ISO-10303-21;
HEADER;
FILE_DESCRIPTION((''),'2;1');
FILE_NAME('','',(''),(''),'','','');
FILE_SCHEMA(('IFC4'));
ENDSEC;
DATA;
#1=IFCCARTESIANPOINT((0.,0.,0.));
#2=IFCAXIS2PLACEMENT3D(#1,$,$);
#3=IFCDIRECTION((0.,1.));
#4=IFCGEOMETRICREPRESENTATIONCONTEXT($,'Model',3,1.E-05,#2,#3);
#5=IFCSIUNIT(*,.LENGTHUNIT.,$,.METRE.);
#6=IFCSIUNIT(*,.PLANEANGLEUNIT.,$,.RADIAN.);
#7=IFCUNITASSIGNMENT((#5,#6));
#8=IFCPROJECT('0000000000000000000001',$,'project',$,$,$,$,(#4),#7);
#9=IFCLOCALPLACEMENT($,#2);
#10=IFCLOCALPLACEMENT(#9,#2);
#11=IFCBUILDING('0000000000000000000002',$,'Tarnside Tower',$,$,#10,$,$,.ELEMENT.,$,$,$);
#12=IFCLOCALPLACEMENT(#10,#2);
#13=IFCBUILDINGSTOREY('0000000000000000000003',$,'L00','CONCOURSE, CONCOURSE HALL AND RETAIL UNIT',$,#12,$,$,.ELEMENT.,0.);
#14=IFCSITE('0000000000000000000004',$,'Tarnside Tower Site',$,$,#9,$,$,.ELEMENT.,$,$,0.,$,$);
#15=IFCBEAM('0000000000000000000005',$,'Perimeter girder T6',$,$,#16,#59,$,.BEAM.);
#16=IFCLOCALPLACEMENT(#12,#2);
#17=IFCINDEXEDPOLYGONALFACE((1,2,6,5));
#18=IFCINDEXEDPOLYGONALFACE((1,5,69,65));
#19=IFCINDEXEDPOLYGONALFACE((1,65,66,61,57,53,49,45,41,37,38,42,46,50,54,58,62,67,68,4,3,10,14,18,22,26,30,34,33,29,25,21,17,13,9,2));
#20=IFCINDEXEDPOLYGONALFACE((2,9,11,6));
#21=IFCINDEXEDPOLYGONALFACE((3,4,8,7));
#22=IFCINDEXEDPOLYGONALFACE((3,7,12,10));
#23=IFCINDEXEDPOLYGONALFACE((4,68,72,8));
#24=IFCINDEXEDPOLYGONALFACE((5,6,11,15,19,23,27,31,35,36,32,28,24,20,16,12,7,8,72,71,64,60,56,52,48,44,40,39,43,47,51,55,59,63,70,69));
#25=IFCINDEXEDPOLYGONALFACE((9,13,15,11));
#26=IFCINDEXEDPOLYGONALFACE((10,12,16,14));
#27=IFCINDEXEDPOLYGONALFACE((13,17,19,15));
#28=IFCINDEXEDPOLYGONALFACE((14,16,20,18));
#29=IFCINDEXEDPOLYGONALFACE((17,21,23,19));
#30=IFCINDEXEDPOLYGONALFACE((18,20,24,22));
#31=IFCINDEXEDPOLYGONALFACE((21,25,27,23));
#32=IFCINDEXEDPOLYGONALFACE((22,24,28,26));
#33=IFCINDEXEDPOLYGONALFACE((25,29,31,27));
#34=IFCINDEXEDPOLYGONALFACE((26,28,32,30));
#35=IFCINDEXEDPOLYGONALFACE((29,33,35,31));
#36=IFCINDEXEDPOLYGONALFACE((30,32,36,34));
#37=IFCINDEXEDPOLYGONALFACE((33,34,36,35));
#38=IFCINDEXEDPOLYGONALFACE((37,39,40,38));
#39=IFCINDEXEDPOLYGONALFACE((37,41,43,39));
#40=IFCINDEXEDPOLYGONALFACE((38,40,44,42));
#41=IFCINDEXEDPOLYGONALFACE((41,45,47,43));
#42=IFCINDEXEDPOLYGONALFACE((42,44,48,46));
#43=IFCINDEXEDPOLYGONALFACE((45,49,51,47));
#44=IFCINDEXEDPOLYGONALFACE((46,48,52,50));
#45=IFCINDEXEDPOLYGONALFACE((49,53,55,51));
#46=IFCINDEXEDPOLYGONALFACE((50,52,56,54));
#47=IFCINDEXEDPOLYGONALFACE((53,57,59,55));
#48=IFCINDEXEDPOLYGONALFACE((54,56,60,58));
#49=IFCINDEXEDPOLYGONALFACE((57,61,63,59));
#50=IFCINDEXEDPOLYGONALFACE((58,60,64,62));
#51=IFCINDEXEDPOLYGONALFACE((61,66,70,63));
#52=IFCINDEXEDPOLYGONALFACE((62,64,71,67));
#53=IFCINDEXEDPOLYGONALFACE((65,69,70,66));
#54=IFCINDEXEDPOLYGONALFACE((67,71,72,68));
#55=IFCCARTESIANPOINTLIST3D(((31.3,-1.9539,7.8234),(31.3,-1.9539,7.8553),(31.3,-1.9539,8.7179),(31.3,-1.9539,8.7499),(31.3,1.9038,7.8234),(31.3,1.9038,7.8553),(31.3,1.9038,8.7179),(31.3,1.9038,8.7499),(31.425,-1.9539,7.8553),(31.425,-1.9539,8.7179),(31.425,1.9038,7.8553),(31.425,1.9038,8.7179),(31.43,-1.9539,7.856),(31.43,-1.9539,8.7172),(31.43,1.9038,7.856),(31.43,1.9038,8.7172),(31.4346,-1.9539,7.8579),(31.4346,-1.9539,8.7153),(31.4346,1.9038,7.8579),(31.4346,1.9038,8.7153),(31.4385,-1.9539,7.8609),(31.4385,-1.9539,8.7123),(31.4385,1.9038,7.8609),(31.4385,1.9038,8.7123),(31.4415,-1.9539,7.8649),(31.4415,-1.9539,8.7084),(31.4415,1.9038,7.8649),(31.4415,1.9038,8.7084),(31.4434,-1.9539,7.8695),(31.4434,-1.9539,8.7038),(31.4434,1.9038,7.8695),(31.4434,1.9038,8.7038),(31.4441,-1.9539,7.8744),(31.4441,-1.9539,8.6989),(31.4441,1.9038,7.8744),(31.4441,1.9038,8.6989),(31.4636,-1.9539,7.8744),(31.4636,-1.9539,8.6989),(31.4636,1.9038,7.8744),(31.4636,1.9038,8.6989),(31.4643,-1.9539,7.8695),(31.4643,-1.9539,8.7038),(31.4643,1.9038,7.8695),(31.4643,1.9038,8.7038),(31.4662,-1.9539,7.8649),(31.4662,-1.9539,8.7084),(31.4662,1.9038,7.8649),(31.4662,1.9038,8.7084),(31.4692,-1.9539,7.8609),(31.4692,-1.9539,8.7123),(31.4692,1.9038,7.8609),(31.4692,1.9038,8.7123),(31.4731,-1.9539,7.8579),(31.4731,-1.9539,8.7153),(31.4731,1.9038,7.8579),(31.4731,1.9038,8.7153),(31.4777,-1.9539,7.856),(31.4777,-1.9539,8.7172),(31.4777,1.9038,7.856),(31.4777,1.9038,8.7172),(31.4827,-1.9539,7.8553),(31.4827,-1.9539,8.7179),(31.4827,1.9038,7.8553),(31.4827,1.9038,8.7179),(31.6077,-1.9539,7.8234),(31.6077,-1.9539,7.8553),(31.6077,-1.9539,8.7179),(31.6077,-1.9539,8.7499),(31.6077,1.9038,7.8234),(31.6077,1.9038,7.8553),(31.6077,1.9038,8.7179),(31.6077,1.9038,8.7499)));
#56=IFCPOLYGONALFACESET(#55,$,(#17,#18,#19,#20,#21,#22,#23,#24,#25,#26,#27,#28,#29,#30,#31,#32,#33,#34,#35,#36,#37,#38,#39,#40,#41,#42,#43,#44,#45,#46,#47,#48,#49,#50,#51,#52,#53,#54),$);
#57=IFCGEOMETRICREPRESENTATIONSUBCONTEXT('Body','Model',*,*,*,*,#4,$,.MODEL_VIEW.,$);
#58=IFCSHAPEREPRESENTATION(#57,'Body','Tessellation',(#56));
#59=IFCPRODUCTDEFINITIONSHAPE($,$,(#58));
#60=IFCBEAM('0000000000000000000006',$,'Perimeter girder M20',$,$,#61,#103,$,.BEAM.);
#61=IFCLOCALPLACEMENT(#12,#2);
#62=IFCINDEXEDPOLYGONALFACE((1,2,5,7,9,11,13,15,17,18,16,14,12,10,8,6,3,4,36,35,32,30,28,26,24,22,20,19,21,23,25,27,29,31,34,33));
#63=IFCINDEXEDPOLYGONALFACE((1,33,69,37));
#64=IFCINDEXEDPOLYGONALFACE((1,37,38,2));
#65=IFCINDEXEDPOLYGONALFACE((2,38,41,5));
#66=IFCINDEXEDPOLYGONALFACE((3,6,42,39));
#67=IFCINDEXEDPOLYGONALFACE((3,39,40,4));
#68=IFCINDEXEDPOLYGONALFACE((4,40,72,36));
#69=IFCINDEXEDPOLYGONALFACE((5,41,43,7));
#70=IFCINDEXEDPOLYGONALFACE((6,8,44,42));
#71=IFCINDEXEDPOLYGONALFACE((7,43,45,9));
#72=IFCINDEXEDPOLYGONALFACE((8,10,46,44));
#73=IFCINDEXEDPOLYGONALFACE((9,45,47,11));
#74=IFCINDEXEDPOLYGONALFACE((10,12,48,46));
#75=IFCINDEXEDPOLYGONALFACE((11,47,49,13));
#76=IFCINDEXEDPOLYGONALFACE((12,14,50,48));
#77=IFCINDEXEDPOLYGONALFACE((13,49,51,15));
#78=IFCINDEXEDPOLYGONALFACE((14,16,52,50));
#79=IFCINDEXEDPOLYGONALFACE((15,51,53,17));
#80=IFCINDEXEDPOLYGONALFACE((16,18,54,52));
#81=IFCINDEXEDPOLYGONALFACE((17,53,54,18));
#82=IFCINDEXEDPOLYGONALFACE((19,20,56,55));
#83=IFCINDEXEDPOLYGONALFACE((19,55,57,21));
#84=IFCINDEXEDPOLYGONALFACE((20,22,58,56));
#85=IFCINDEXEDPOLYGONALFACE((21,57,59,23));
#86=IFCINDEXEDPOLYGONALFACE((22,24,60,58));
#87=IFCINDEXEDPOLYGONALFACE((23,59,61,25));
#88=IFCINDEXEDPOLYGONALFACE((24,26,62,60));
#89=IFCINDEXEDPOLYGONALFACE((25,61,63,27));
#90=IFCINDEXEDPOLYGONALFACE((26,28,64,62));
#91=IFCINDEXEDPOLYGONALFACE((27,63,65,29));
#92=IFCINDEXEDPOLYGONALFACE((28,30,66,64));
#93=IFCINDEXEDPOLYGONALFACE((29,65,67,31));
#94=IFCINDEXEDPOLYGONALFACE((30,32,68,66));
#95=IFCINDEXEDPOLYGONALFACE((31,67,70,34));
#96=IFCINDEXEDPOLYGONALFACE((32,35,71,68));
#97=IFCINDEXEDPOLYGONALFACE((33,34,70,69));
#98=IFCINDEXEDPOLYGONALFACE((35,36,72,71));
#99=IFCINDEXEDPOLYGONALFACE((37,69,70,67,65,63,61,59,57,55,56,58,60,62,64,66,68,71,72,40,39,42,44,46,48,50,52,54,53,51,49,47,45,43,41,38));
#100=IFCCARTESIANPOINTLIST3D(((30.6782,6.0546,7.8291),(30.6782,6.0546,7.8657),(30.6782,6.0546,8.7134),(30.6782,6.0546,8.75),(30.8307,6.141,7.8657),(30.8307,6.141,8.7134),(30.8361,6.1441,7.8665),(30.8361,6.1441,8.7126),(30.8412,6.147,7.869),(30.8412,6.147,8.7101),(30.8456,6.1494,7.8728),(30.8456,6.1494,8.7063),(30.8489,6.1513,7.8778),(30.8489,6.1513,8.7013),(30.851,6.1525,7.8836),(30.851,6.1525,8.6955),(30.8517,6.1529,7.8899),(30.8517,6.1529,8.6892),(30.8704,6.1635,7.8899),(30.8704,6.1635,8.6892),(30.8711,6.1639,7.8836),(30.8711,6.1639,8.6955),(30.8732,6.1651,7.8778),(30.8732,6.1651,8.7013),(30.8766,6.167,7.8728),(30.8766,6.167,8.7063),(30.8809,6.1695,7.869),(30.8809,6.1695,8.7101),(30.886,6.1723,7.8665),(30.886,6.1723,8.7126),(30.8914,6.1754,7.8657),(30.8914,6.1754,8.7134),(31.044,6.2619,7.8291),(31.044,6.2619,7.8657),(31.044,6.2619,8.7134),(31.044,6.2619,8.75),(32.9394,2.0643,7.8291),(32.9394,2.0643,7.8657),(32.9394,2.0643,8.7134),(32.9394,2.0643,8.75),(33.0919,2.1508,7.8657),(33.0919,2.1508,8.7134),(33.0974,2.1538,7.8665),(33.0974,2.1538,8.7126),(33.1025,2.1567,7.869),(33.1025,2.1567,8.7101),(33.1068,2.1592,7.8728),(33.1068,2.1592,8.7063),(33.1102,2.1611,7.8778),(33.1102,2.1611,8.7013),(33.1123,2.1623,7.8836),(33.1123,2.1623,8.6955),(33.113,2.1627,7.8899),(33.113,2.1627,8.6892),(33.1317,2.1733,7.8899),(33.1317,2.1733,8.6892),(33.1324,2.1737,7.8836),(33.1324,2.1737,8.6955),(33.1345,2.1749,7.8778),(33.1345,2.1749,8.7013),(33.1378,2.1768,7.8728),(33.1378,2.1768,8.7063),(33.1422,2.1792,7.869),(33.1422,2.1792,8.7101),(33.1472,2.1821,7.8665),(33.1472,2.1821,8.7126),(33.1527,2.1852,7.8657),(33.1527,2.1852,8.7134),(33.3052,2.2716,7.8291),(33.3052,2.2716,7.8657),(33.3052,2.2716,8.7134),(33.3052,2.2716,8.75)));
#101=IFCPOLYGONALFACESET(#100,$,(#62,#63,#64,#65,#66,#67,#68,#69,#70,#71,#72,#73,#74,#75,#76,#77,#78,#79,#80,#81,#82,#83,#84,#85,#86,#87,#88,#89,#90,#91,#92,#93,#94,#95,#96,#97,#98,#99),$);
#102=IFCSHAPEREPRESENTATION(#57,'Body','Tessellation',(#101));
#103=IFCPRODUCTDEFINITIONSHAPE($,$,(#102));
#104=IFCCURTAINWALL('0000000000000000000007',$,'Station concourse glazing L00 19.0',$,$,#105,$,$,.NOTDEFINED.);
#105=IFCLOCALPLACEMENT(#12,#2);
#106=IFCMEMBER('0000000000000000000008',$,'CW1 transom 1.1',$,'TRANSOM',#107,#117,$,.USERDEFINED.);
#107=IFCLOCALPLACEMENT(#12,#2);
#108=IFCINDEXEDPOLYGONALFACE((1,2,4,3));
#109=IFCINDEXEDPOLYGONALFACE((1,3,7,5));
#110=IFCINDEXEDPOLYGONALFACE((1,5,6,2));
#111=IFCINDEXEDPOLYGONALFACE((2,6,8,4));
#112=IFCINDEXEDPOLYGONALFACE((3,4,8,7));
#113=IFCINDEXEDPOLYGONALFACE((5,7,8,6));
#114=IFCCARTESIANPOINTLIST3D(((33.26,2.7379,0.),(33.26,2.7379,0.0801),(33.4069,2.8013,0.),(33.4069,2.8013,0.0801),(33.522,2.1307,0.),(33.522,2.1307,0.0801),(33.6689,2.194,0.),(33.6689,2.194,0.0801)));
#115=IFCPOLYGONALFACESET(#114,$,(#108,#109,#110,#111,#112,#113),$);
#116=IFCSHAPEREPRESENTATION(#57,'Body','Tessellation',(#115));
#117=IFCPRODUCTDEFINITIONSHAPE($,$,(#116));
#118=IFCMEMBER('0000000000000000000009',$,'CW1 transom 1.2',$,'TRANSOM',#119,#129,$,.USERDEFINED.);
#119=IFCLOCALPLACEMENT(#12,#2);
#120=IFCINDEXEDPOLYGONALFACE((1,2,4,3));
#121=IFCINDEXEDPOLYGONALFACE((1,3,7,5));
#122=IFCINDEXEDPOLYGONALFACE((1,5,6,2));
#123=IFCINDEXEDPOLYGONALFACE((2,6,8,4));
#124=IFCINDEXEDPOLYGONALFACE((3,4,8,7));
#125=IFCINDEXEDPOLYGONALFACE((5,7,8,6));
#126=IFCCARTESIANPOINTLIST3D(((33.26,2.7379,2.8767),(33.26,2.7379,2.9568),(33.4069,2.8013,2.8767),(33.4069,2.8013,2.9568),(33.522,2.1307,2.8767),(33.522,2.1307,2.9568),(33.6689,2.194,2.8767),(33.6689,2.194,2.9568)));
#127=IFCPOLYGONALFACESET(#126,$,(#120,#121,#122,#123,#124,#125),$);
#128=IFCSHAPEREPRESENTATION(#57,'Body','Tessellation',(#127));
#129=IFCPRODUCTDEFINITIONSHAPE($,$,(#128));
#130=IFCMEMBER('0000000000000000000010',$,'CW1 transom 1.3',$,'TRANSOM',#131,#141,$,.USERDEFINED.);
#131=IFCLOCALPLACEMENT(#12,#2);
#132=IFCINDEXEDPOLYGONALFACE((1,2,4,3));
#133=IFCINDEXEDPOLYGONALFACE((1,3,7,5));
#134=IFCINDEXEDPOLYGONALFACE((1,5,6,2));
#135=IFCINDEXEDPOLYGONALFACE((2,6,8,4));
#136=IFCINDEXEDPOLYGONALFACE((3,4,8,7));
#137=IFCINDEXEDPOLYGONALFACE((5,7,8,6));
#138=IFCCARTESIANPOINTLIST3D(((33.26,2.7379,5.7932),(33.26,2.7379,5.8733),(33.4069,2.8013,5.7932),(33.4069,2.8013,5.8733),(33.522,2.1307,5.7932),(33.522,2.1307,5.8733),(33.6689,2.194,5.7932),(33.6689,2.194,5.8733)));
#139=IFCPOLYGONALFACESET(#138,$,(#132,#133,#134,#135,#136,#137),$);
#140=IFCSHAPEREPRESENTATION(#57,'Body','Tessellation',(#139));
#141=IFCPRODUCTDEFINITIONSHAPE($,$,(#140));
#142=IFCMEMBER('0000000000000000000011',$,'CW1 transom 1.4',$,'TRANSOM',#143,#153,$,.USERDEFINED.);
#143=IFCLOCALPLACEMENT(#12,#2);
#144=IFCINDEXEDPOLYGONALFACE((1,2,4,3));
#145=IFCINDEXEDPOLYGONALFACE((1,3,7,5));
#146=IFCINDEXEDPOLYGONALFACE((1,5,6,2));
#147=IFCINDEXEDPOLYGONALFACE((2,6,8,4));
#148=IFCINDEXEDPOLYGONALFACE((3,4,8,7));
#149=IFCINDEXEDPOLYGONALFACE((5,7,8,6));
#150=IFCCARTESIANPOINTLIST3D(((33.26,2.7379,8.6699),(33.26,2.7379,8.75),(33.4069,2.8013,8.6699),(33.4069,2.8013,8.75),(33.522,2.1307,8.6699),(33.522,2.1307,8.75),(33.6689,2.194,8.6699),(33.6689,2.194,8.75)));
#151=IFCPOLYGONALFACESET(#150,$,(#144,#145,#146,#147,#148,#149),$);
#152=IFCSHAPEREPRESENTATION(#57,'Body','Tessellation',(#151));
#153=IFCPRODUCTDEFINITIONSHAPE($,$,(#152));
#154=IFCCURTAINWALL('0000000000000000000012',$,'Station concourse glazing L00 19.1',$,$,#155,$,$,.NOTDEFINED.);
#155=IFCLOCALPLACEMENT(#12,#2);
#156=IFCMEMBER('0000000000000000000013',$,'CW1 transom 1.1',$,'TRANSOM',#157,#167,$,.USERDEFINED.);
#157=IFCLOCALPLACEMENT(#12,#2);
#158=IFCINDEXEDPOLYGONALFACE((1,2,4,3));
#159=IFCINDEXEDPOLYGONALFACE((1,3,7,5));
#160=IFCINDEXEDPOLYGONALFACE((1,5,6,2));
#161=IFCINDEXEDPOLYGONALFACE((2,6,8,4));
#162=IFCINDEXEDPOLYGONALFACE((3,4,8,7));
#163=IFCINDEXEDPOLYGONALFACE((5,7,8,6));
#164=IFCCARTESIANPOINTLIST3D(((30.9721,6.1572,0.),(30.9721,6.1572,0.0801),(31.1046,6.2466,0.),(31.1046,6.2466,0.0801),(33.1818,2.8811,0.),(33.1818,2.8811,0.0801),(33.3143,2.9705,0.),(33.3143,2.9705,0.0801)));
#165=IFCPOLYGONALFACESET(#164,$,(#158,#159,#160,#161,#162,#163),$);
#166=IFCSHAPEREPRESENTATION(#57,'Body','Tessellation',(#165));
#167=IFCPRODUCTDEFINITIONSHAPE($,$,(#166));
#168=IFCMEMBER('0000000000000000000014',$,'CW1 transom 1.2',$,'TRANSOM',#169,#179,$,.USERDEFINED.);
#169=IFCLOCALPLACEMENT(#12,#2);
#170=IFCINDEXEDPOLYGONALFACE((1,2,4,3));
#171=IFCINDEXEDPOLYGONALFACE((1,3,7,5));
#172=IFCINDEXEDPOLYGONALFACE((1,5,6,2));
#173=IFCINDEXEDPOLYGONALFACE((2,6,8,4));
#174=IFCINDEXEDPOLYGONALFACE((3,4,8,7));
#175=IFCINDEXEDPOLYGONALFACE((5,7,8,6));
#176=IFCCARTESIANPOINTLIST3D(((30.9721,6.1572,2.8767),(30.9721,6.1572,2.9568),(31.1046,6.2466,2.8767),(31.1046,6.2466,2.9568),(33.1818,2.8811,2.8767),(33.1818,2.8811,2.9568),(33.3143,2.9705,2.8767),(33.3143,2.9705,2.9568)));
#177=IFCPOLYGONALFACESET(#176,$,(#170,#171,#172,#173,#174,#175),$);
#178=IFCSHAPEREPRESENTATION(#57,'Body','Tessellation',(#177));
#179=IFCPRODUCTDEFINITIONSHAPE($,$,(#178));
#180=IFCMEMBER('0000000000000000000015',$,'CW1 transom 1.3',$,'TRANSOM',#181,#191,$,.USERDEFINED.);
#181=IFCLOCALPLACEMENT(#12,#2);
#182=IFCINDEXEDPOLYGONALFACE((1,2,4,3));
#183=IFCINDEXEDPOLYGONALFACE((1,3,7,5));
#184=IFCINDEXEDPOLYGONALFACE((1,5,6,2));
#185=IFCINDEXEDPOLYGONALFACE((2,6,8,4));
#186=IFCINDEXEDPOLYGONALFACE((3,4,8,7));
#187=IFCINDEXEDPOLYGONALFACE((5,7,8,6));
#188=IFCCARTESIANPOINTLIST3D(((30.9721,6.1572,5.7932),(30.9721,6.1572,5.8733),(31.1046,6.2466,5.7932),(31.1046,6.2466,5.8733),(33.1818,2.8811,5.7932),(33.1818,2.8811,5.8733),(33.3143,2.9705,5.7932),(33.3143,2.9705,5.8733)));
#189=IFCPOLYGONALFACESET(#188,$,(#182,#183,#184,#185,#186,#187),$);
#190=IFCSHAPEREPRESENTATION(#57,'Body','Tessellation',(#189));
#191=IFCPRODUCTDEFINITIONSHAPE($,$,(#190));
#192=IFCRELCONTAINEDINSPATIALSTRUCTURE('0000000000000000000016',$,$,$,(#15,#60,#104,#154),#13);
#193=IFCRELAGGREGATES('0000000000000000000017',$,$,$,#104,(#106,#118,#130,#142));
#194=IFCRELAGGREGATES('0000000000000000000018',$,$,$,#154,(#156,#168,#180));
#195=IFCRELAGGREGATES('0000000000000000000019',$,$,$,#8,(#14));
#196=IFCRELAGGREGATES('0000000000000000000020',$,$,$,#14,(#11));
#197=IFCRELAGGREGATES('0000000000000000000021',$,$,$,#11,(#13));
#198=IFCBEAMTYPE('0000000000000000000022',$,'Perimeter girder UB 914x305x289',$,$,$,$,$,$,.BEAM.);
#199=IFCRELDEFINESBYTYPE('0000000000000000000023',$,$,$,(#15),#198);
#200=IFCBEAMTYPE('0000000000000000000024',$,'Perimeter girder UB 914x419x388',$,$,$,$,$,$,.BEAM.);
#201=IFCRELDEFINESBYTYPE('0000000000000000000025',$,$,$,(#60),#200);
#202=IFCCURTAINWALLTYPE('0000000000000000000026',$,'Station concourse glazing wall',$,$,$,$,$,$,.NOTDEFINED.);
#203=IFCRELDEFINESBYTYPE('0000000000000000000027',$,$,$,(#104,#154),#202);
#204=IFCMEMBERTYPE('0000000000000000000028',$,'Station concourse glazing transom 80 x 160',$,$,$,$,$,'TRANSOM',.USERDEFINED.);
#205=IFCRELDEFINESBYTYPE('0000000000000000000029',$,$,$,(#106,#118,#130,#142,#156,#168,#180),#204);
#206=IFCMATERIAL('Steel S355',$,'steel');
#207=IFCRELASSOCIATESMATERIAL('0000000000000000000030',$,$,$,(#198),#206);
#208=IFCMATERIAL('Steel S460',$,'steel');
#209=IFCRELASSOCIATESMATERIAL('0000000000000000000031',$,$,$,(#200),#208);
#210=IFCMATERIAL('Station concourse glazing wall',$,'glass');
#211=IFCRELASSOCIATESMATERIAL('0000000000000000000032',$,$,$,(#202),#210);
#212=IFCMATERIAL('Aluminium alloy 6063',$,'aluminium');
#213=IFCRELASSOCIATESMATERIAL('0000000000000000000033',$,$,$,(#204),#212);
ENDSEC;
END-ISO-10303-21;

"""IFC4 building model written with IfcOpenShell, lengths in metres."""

from ifc_helpers import new_model, si_unit, direction, frame, origin, origin_2d, place, context, subcontext, project, spatial, rectangle, i_section, extrude, material, material_profile, profile_set, type_object, element, aggregate, save


model = new_model("IFC4")

# Units and contexts
model_context = context("Model", 3, precision=1e-05, world=origin(), true_north=direction((0.0, 1.0)))
body_context = subcontext(model_context, "Body", "Model", "MODEL_VIEW")
ifc_project = project(units=[si_unit("LENGTHUNIT", "METRE"), si_unit("PLANEANGLEUNIT", "RADIAN")], contexts=[model_context])

# Site, building, storey
site_placement = place(None, origin())
site = spatial("IfcSite", under=ifc_project, at=site_placement, Name="Tarnside Tower Site", CompositionType="ELEMENT", RefElevation=0.0)
building_placement = place(site_placement, origin())
building = spatial("IfcBuilding", under=site, at=building_placement, Name="Tarnside Tower", CompositionType="ELEMENT")
storey_placement = place(building_placement, origin())
storey = spatial("IfcBuildingStorey", under=building, at=storey_placement, Name="L00", Description="CONCOURSE, CONCOURSE HALL AND RETAIL UNIT", CompositionType="ELEMENT", Elevation=0.0)

# Shared definitions
ifc_material_1 = material(Name="Steel S355", Category="steel")

# Shared definitions
ifc_material_2 = material(Name="Aluminium alloy 6063", Category="aluminium")

# Beams
ifc_material_profile_1 = material_profile(ifc_material_1, i_section(OverallWidth=0.3076, OverallDepth=0.9265, WebThickness=0.0195, FlangeThickness=0.032, FilletRadius=0.019, at=origin_2d()), Name="UB 914x305x289")
ifc_profile_set_1 = profile_set([ifc_material_profile_1], Name="Steel S355")
beam_type_1 = type_object("IfcBeamType", Name="Perimeter girder UB 914x305x289", PredefinedType="BEAM", material=ifc_profile_set_1)
beam_1_placement = place(storey_placement, frame((31.4539, 1.9038, 8.2866), z_axis=(0.0, -1.0, 0.0), x_axis=(1.0, 0.0, 0.0)))
element("IfcBeam", 1, at=beam_1_placement, inside=storey, type_object=beam_type_1, Name="Perimeter girder T6", PredefinedType="BEAM", context=body_context, shape_type="SweptSolid", body=[
    extrude(i_section(OverallWidth=0.3076, OverallDepth=0.9265, WebThickness=0.0195, FlangeThickness=0.032, FilletRadius=0.019, at=origin_2d()), origin(), (0.0, 0.0, 1.0), 3.8577),
])
ifc_material_3 = material(Name="Steel S460", Category="steel")
ifc_material_profile_2 = material_profile(ifc_material_3, i_section(OverallWidth=0.4204, OverallDepth=0.9209, WebThickness=0.0215, FlangeThickness=0.0366, FilletRadius=0.0242, at=origin_2d()), Name="UB 914x419x388")
ifc_profile_set_2 = profile_set([ifc_material_profile_2], Name="Steel S460")
beam_type_2 = type_object("IfcBeamType", Name="Perimeter girder UB 914x419x388", PredefinedType="BEAM", material=ifc_profile_set_2)
beam_2_placement = place(storey_placement, frame((33.1223, 2.168, 8.2896), z_axis=(-0.493029, 0.870013, 0.0), x_axis=(-0.870013, -0.493029, 0.0)))
element("IfcBeam", 2, at=beam_2_placement, inside=storey, type_object=beam_type_2, Name="Perimeter girder M20", PredefinedType="BEAM", context=body_context, shape_type="SweptSolid", body=[
    extrude(i_section(OverallWidth=0.4204, OverallDepth=0.9209, WebThickness=0.0215, FlangeThickness=0.0366, FilletRadius=0.0242, at=origin_2d()), origin(), (0.0, 0.0, 1.0), 4.5864),
])

# Curtain walls, members
ifc_material_4 = material(Name="Station concourse glazing wall", Category="glass")
curtain_wall_type_1 = type_object("IfcCurtainWallType", Name="Station concourse glazing wall", PredefinedType="NOTDEFINED", material=ifc_material_4)
curtain_wall_1_placement = place(storey_placement, origin())
curtain_wall_1 = element("IfcCurtainWall", 3, at=curtain_wall_1_placement, inside=storey, type_object=curtain_wall_type_1, Name="Station concourse glazing L00 19.0", PredefinedType="NOTDEFINED")
ifc_material_profile_3 = material_profile(ifc_material_2, rectangle(XDim=0.1599, YDim=0.0801, at=origin_2d()), Name="Station concourse glazing transom 80 x 160")
ifc_profile_set_3 = profile_set([ifc_material_profile_3], Name="Aluminium alloy 6063")
member_type_1 = type_object("IfcMemberType", Name="Station concourse glazing transom 80 x 160", ElementType="TRANSOM", PredefinedType="USERDEFINED", material=ifc_profile_set_3)
member_1_placement = place(storey_placement, frame((33.5955, 2.1624, 0.04), z_axis=(-0.396146, 0.918188, 0.0), x_axis=(-0.918188, -0.396146, 0.0)))
member_1 = element("IfcMember", 4, at=member_1_placement, type_object=member_type_1, Name="CW1 transom 1.1", ObjectType="TRANSOM", PredefinedType="USERDEFINED", context=body_context, shape_type="SweptSolid", body=[
    extrude(rectangle(XDim=0.1599, YDim=0.0801, at=origin_2d()), origin(), (0.0, 0.0, 1.0), 0.6614),
])
member_2_placement = place(storey_placement, frame((33.5955, 2.1624, 2.9167), z_axis=(-0.396146, 0.918188, 0.0), x_axis=(-0.918188, -0.396146, 0.0)))
member_2 = element("IfcMember", 5, at=member_2_placement, type_object=member_type_1, Name="CW1 transom 1.2", ObjectType="TRANSOM", PredefinedType="USERDEFINED", context=body_context, shape_type="SweptSolid", body=[
    extrude(rectangle(XDim=0.1599, YDim=0.0801, at=origin_2d()), origin(), (0.0, 0.0, 1.0), 0.6614),
])
member_3_placement = place(storey_placement, frame((33.5955, 2.1624, 5.8333), z_axis=(-0.396146, 0.918188, 0.0), x_axis=(-0.918188, -0.396146, 0.0)))
member_3 = element("IfcMember", 6, at=member_3_placement, type_object=member_type_1, Name="CW1 transom 1.3", ObjectType="TRANSOM", PredefinedType="USERDEFINED", context=body_context, shape_type="SweptSolid", body=[
    extrude(rectangle(XDim=0.1599, YDim=0.0801, at=origin_2d()), origin(), (0.0, 0.0, 1.0), 0.6614),
])
member_4_placement = place(storey_placement, frame((33.5955, 2.1624, 8.71), z_axis=(-0.396146, 0.918188, 0.0), x_axis=(-0.918188, -0.396146, 0.0)))
member_4 = element("IfcMember", 7, at=member_4_placement, type_object=member_type_1, Name="CW1 transom 1.4", ObjectType="TRANSOM", PredefinedType="USERDEFINED", context=body_context, shape_type="SweptSolid", body=[
    extrude(rectangle(XDim=0.1599, YDim=0.0801, at=origin_2d()), origin(), (0.0, 0.0, 1.0), 0.6614),
])
curtain_wall_2_placement = place(storey_placement, origin())
curtain_wall_2 = element("IfcCurtainWall", 8, at=curtain_wall_2_placement, inside=storey, type_object=curtain_wall_type_1, Name="Station concourse glazing L00 19.1", PredefinedType="NOTDEFINED")
member_5_placement = place(storey_placement, frame((33.248, 2.9258, 0.04), z_axis=(-0.559183, 0.829044, 0.0), x_axis=(-0.829044, -0.559183, 0.0)))
member_5 = element("IfcMember", 9, at=member_5_placement, type_object=member_type_1, Name="CW1 transom 1.1", ObjectType="TRANSOM", PredefinedType="USERDEFINED", context=body_context, shape_type="SweptSolid", body=[
    extrude(rectangle(XDim=0.1599, YDim=0.0801, at=origin_2d()), origin(), (0.0, 0.0, 1.0), 3.9517),
])
member_6_placement = place(storey_placement, frame((33.248, 2.9258, 2.9167), z_axis=(-0.559183, 0.829044, 0.0), x_axis=(-0.829044, -0.559183, 0.0)))
member_6 = element("IfcMember", 10, at=member_6_placement, type_object=member_type_1, Name="CW1 transom 1.2", ObjectType="TRANSOM", PredefinedType="USERDEFINED", context=body_context, shape_type="SweptSolid", body=[
    extrude(rectangle(XDim=0.1599, YDim=0.0801, at=origin_2d()), origin(), (0.0, 0.0, 1.0), 3.9517),
])
member_7_placement = place(storey_placement, frame((33.248, 2.9258, 5.8333), z_axis=(-0.559183, 0.829044, 0.0), x_axis=(-0.829044, -0.559183, 0.0)))
member_7 = element("IfcMember", 11, at=member_7_placement, type_object=member_type_1, Name="CW1 transom 1.3", ObjectType="TRANSOM", PredefinedType="USERDEFINED", context=body_context, shape_type="SweptSolid", body=[
    extrude(rectangle(XDim=0.1599, YDim=0.0801, at=origin_2d()), origin(), (0.0, 0.0, 1.0), 3.9517),
])

aggregate(curtain_wall_1, [member_1, member_2, member_3, member_4])
aggregate(curtain_wall_2, [member_5, member_6, member_7])

save(model, "model.ifc")
